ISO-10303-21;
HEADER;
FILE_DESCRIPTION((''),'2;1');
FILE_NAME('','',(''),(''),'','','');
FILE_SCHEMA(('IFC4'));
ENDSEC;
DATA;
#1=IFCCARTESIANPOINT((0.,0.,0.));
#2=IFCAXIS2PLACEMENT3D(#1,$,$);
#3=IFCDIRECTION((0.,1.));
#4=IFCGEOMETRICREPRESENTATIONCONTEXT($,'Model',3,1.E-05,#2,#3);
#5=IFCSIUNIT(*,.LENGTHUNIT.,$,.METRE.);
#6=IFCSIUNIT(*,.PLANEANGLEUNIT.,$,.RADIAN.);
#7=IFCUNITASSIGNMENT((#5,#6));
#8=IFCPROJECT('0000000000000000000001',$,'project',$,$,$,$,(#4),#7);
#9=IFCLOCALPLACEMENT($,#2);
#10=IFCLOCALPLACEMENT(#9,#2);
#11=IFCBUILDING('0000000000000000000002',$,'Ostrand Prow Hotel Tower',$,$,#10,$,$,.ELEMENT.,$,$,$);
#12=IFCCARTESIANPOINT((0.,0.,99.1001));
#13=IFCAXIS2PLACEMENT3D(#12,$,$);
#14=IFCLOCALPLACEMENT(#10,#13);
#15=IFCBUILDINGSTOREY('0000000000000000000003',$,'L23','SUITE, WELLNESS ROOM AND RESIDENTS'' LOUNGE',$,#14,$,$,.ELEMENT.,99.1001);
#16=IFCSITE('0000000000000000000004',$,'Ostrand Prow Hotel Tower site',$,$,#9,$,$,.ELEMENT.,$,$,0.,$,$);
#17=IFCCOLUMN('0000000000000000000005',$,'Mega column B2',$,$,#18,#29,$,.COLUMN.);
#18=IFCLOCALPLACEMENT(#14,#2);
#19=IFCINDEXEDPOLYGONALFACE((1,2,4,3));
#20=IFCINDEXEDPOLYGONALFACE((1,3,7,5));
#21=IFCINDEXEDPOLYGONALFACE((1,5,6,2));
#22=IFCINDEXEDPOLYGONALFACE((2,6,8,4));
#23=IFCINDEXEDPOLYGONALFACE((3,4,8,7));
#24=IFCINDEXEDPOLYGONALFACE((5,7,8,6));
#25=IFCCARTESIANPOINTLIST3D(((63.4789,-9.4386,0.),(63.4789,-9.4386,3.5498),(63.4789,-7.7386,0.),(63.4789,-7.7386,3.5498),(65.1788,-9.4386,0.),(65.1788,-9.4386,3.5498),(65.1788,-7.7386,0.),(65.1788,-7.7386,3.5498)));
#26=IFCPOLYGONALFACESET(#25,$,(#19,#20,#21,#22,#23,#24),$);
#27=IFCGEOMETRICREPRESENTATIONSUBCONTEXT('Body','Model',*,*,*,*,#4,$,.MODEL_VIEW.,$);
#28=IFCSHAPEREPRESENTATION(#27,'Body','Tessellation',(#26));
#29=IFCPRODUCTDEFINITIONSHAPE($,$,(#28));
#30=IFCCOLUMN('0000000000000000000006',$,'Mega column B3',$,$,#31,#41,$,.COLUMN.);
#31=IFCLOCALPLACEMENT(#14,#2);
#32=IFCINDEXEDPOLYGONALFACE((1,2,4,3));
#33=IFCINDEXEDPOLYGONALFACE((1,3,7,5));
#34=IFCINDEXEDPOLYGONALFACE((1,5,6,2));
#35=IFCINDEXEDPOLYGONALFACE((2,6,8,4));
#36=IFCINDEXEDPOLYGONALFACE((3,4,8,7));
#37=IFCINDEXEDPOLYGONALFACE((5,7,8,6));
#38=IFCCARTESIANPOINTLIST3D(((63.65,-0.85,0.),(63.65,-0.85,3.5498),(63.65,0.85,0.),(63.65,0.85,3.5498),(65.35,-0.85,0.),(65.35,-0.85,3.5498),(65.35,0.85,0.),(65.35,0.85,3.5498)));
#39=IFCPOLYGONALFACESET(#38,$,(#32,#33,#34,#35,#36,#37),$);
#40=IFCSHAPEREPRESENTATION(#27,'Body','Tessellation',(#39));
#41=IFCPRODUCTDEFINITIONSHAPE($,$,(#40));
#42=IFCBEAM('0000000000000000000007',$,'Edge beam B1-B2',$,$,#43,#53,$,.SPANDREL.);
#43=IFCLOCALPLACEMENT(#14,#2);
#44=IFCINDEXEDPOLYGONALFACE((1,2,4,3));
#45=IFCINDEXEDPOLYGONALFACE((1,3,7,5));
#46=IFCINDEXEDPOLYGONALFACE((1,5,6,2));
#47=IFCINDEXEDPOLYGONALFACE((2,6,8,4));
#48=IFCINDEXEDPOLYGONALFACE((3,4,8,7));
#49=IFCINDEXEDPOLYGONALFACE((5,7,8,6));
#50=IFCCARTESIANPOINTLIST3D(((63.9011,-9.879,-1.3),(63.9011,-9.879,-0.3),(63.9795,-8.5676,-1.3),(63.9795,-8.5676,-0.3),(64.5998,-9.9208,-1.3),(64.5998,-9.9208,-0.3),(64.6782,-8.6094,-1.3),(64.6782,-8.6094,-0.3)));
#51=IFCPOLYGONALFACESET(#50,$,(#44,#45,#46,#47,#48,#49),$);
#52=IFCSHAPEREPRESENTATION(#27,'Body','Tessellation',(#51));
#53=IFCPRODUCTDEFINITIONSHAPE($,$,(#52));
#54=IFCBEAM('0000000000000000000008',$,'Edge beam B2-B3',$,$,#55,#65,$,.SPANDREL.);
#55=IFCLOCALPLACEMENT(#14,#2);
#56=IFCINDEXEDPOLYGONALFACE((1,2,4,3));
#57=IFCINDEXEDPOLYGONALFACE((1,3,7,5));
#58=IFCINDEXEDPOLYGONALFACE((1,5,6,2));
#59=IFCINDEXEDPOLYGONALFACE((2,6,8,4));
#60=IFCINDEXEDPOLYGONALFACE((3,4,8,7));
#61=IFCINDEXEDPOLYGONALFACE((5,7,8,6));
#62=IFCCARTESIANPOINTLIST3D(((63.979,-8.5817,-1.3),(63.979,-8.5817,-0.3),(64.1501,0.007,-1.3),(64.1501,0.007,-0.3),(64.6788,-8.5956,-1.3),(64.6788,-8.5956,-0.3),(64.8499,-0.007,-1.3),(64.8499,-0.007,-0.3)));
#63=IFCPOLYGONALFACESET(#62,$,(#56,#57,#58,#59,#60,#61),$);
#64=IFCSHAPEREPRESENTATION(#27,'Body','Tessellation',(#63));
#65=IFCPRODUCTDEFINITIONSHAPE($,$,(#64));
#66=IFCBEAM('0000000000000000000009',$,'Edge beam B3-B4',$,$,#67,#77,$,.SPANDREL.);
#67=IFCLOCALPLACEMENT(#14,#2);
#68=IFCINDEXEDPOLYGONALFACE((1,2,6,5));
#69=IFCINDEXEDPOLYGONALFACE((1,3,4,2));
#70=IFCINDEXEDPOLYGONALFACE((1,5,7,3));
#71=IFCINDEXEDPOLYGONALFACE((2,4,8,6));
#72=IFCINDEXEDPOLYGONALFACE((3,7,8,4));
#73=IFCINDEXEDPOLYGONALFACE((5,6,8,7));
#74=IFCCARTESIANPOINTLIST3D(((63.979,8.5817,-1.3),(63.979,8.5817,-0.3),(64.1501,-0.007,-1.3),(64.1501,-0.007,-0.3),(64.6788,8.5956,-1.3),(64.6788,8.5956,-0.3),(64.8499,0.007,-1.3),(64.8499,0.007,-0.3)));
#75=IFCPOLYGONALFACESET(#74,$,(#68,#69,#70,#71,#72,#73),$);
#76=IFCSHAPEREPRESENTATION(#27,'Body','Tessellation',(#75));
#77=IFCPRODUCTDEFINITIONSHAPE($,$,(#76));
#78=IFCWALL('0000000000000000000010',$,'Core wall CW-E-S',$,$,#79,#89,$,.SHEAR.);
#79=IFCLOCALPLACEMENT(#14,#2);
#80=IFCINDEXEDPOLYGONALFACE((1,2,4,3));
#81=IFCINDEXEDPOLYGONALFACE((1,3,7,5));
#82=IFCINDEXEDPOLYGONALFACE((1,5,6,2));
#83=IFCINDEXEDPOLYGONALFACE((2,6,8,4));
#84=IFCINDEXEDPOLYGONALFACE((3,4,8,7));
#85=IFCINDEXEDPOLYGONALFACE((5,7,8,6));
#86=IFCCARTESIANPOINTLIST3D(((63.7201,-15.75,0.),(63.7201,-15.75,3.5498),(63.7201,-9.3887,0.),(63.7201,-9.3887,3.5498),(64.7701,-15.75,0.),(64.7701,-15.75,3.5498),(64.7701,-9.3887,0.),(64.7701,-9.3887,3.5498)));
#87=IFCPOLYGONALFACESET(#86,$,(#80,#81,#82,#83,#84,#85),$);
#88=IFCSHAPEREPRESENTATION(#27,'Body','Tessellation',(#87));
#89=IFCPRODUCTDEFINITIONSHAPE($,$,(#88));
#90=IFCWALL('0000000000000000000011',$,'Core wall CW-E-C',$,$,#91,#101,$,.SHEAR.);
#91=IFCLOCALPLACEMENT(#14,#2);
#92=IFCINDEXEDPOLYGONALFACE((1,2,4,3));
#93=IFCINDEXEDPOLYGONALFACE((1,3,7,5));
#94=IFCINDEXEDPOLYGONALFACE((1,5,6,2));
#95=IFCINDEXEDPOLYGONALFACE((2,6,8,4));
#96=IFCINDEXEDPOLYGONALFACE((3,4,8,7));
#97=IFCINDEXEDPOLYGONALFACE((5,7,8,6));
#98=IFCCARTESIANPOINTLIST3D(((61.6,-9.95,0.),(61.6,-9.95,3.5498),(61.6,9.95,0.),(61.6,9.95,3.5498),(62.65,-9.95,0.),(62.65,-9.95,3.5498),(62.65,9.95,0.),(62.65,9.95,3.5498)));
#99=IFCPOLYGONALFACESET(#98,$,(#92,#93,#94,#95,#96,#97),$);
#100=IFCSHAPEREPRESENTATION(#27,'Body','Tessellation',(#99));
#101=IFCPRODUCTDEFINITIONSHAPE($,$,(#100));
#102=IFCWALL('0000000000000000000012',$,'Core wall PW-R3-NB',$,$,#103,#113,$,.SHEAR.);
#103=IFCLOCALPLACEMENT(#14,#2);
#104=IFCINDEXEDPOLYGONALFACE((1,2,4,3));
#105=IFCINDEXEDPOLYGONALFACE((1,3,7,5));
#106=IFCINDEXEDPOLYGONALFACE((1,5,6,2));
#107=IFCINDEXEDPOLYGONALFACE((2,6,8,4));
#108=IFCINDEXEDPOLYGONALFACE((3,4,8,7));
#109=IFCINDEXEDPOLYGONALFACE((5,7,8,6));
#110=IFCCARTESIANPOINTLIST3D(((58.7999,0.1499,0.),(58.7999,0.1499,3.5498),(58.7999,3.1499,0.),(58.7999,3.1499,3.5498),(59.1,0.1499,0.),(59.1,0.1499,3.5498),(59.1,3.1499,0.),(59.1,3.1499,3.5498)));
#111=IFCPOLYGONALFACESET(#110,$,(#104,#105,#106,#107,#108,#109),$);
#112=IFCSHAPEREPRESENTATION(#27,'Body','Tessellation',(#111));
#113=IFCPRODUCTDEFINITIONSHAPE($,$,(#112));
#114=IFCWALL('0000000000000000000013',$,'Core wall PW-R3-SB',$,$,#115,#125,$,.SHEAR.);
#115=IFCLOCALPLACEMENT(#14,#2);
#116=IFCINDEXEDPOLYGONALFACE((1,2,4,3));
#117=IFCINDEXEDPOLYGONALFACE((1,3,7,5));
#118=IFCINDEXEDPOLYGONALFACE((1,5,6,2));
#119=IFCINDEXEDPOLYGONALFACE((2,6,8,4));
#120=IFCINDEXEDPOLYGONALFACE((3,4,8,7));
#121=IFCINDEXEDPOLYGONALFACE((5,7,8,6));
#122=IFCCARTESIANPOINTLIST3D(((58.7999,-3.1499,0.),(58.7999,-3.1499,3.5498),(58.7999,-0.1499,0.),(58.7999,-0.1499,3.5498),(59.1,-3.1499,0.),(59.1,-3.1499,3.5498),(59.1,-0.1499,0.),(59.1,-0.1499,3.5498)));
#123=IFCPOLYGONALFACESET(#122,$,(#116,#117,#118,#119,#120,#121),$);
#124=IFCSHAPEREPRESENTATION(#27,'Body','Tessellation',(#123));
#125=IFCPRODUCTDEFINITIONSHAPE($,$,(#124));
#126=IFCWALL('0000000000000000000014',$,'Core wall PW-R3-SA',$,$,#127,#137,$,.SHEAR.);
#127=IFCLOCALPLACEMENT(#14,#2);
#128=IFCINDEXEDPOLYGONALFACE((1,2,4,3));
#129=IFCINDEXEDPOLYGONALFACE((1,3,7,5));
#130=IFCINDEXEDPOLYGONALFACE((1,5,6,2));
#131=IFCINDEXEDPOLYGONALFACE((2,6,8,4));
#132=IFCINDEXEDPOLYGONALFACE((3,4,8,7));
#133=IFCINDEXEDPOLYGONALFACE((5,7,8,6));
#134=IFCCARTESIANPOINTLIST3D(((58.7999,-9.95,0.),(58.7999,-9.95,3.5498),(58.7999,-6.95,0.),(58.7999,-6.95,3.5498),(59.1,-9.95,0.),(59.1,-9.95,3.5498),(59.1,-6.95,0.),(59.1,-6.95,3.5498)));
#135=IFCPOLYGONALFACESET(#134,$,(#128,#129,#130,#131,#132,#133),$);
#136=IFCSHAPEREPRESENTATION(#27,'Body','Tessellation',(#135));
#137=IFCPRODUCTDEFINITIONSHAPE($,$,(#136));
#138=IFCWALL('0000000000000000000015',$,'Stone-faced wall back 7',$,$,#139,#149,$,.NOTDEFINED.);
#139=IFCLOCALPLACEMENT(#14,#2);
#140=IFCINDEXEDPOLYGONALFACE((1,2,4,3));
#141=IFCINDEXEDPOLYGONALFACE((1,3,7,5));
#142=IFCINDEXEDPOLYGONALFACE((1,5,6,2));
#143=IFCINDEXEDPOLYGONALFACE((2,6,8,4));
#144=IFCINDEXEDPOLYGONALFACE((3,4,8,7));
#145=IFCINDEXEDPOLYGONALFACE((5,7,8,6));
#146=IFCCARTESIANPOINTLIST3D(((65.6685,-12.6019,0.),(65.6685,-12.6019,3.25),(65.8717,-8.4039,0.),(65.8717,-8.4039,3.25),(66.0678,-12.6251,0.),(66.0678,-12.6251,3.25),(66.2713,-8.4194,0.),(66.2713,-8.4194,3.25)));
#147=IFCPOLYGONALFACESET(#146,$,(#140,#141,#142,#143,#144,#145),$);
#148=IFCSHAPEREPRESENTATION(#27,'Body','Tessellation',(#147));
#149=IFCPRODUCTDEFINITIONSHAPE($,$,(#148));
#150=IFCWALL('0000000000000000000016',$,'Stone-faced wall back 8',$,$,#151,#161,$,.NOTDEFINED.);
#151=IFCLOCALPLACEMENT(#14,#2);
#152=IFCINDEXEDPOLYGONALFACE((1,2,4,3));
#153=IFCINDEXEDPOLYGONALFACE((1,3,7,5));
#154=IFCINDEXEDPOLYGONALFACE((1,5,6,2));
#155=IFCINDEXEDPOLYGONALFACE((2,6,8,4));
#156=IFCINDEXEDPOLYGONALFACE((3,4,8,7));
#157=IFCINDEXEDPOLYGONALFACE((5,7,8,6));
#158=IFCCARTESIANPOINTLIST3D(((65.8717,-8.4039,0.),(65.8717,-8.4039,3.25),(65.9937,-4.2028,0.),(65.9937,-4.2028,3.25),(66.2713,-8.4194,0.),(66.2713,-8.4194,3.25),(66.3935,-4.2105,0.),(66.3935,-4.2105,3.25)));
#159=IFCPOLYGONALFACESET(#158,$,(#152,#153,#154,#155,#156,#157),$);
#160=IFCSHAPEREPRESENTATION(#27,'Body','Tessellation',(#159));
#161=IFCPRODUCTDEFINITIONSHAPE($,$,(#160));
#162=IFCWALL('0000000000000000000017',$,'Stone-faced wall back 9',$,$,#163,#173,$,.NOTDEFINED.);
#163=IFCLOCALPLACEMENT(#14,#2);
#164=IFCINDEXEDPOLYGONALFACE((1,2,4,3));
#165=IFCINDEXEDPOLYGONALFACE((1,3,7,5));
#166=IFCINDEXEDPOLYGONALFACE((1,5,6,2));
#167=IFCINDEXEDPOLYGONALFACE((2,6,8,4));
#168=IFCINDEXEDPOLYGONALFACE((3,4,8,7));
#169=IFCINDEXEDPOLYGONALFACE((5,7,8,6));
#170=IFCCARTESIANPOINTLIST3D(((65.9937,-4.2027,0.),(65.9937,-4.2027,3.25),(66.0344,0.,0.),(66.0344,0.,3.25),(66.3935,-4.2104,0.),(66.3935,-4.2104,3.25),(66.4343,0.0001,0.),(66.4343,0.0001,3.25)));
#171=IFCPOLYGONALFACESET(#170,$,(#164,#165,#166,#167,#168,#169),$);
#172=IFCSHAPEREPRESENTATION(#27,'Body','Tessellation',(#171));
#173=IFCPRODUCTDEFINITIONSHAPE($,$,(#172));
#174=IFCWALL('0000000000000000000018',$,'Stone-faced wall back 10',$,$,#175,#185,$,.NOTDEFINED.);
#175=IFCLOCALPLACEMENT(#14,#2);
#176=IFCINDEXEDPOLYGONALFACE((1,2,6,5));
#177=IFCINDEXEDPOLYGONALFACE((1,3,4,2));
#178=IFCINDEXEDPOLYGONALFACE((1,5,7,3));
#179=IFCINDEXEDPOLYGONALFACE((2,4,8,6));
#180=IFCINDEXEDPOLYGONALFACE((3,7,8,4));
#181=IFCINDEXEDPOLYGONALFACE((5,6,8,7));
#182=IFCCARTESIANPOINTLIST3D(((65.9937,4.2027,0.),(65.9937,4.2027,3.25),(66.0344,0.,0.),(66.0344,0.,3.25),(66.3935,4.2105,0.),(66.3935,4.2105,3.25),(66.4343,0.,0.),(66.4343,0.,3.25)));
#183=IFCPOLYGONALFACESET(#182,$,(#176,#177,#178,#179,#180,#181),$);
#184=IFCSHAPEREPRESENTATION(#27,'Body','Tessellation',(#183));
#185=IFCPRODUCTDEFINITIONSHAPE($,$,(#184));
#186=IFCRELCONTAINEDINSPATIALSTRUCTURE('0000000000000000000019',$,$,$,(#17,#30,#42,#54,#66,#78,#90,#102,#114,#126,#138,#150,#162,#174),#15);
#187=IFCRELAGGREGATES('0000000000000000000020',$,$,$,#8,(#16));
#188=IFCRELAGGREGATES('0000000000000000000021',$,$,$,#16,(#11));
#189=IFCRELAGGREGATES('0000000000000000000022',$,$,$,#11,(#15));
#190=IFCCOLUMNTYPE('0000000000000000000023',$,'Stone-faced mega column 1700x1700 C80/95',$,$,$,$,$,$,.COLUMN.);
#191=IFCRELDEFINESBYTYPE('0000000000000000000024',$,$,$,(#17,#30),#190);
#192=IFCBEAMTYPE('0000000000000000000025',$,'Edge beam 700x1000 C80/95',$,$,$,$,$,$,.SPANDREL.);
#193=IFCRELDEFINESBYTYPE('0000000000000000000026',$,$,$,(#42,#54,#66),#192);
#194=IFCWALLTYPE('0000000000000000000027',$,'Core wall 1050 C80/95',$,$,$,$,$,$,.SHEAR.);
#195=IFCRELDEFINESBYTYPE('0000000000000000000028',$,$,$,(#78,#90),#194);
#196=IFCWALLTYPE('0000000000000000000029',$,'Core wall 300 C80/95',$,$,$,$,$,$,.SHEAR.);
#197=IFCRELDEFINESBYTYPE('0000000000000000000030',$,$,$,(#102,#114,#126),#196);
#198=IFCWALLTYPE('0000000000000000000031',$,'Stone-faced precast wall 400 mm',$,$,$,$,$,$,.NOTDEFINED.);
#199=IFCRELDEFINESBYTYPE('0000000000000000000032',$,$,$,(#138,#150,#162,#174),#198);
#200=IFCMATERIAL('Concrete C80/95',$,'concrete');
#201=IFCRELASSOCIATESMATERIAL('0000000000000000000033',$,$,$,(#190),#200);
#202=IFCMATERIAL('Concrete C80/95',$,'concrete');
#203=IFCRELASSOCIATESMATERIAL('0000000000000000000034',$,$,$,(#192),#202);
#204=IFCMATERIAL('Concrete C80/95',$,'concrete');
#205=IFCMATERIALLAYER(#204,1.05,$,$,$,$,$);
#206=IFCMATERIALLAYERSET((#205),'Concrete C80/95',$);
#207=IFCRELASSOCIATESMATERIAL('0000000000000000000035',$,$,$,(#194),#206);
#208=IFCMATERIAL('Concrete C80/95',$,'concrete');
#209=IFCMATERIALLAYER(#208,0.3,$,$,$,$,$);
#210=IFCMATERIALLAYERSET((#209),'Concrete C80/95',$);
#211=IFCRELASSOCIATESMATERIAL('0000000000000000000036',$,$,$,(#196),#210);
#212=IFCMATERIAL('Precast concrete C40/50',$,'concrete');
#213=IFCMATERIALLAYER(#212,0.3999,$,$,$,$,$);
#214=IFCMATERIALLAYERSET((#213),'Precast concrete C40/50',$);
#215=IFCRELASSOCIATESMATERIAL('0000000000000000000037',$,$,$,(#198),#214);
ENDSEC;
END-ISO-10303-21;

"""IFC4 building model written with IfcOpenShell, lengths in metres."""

from ifc_helpers import new_model, si_unit, direction, frame, frame_2d, origin, origin_2d, place, context, subcontext, project, spatial, polyline, rectangle, outline, extrude, material, layer, layer_set, material_profile, profile_set, type_object, element, save


model = new_model("IFC4")

# Units and contexts
model_context = context("Model", 3, precision=1e-05, world=origin(), true_north=direction((0.0, 1.0)))
body_context = subcontext(model_context, "Body", "Model", "MODEL_VIEW")
ifc_project = project(units=[si_unit("LENGTHUNIT", "METRE"), si_unit("PLANEANGLEUNIT", "RADIAN")], contexts=[model_context])

# Site, building, storey
site_placement = place(None, origin())
site = spatial("IfcSite", under=ifc_project, at=site_placement, Name="Ostrand Prow Hotel Tower site", CompositionType="ELEMENT", RefElevation=0.0)
building_placement = place(site_placement, origin())
building = spatial("IfcBuilding", under=site, at=building_placement, Name="Ostrand Prow Hotel Tower", CompositionType="ELEMENT")
storey_placement = place(building_placement, frame((0.0, 0.0, 99.1001)))
storey = spatial("IfcBuildingStorey", under=building, at=storey_placement, Name="L23", Description="SUITE, WELLNESS ROOM AND RESIDENTS' LOUNGE", CompositionType="ELEMENT", Elevation=99.1001)

# Columns
ifc_material_1 = material(Name="Concrete C80/95", Category="concrete")
ifc_material_profile_1 = material_profile(ifc_material_1, rectangle(XDim=1.7, YDim=1.7, at=origin_2d()), Name="RC 1700x1700")
ifc_profile_set_1 = profile_set([ifc_material_profile_1], Name="Concrete C80/95")
column_type = type_object("IfcColumnType", Name="Stone-faced mega column 1700x1700 C80/95", PredefinedType="COLUMN", material=ifc_profile_set_1)
for number, where, z_axis, x_axis, name in (
    (1, (64.3289, -8.5886, 0.0), (0.0, 0.0, 1.0), (1.0, 0.0, 0.0), "Mega column B2"),
    (2, (64.5, 0.0, 0.0), (0.0, 0.0, 1.0), (1.0, 0.0, 0.0), "Mega column B3"),
):
    element("IfcColumn", number, at=place(storey_placement, frame(where, z_axis=z_axis, x_axis=x_axis)), inside=storey, type_object=column_type, Name=name, PredefinedType="COLUMN", context=body_context, shape_type="SweptSolid", body=[
        extrude(rectangle(XDim=1.7, YDim=1.7, at=origin_2d()), origin(), (0.0, 0.0, 1.0), 3.5498),
    ])

# Beams
ifc_material_2 = material(Name="Concrete C80/95", Category="concrete")
ifc_material_profile_2 = material_profile(ifc_material_2, rectangle(XDim=0.7, YDim=1.0, at=origin_2d()), Name="RC 700x1000")
ifc_profile_set_2 = profile_set([ifc_material_profile_2], Name="Concrete C80/95")
beam_type = type_object("IfcBeamType", Name="Edge beam 700x1000 C80/95", PredefinedType="SPANDREL", material=ifc_profile_set_2)
beam_placement = place(storey_placement, frame((64.2505, -9.8999, -0.8), z_axis=(0.059659, 0.998219, 0.0), x_axis=(-0.998219, 0.059659, 0.0)))
element("IfcBeam", 3, at=beam_placement, inside=storey, type_object=beam_type, Name="Edge beam B1-B2", PredefinedType="SPANDREL", context=body_context, shape_type="SweptSolid", body=[
    extrude(rectangle(XDim=0.7, YDim=1.0, at=origin_2d()), origin(), (0.0, 0.0, 1.0), 1.3137),
])
for number, where, z_axis, x_axis, name in (
    (4, (64.3289, -8.5886, -0.8), (0.019923, 0.999802, 0.0), (-0.999802, 0.019923, 0.0), "Edge beam B2-B3"),
    (5, (64.5, 0.0, -0.8), (-0.019923, 0.999802, 0.0), (-0.999802, -0.019923, 0.0), "Edge beam B3-B4"),
):
    element("IfcBeam", number, at=place(storey_placement, frame(where, z_axis=z_axis, x_axis=x_axis)), inside=storey, type_object=beam_type, Name=name, PredefinedType="SPANDREL", context=body_context, shape_type="SweptSolid", body=[
        extrude(rectangle(XDim=0.7, YDim=1.0, at=origin_2d()), origin(), (0.0, 0.0, 1.0), 8.5903),
    ])

# Walls
ifc_material_3 = material(Name="Concrete C80/95", Category="concrete")
ifc_layer_1 = layer(ifc_material_3, 1.05)
ifc_layer_set_1 = layer_set([ifc_layer_1], Name="Concrete C80/95")
wall_type_1 = type_object("IfcWallType", Name="Core wall 1050 C80/95", PredefinedType="SHEAR", material=ifc_layer_set_1)
wall_1_placement = place(storey_placement, frame((64.2451, -15.75, 0.0), z_axis=(0.0, 0.0, 1.0), x_axis=(0.0, 1.0, 0.0)))
element("IfcWall", 6, at=wall_1_placement, inside=storey, type_object=wall_type_1, Name="Core wall CW-E-S", PredefinedType="SHEAR", context=body_context, shape_type="SweptSolid", body=[
    extrude(rectangle(XDim=6.3613, YDim=1.05, at=frame_2d((3.1807, 0.0))), origin(), (0.0, 0.0, 1.0), 3.5498),
])
wall_2_placement = place(storey_placement, frame((62.125, -9.95, 0.0), z_axis=(0.0, 0.0, 1.0), x_axis=(0.0, 1.0, 0.0)))
element("IfcWall", 7, at=wall_2_placement, inside=storey, type_object=wall_type_1, Name="Core wall CW-E-C", PredefinedType="SHEAR", context=body_context, shape_type="SweptSolid", body=[
    extrude(rectangle(XDim=19.8999, YDim=1.05, at=frame_2d((9.95, 0.0))), origin(), (0.0, 0.0, 1.0), 3.5498),
])
ifc_material_4 = material(Name="Concrete C80/95", Category="concrete")
ifc_layer_2 = layer(ifc_material_4, 0.3)
ifc_layer_set_2 = layer_set([ifc_layer_2], Name="Concrete C80/95")
wall_type_2 = type_object("IfcWallType", Name="Core wall 300 C80/95", PredefinedType="SHEAR", material=ifc_layer_set_2)
for number, where, z_axis, x_axis, name in (
    (8, (58.95, 0.1499, 0.0), (0.0, 0.0, 1.0), (0.0, 1.0, 0.0), "Core wall PW-R3-NB"),
    (9, (58.95, -3.1499, 0.0), (0.0, 0.0, 1.0), (0.0, 1.0, 0.0), "Core wall PW-R3-SB"),
    (10, (58.95, -9.95, 0.0), (0.0, 0.0, 1.0), (0.0, 1.0, 0.0), "Core wall PW-R3-SA"),
):
    element("IfcWall", number, at=place(storey_placement, frame(where, z_axis=z_axis, x_axis=x_axis)), inside=storey, type_object=wall_type_2, Name=name, PredefinedType="SHEAR", context=body_context, shape_type="SweptSolid", body=[
        extrude(rectangle(XDim=3.0, YDim=0.3, at=frame_2d((1.5, 0.0))), origin(), (0.0, 0.0, 1.0), 3.5498),
    ])
ifc_material_5 = material(Name="Precast concrete C40/50", Category="concrete")
ifc_layer_3 = layer(ifc_material_5, 0.3999)
ifc_layer_set_3 = layer_set([ifc_layer_3], Name="Precast concrete C40/50")
wall_type_3 = type_object("IfcWallType", Name="Stone-faced precast wall 400 mm", PredefinedType="NOTDEFINED", material=ifc_layer_set_3)
for number, where, z_axis, x_axis, name in (
    (11, (65.8682, -12.6135, 0.0), (0.0, 0.0, 1.0), (0.048343, 0.998831, 0.0), "Stone-faced wall back 7"),
    (12, (66.0715, -8.4116, 0.0), (0.0, 0.0, 1.0), (0.029017, 0.999579, 0.0), "Stone-faced wall back 8"),
    (13, (66.1936, -4.2065, 0.0), (0.0, 0.0, 1.0), (0.009692, 0.999953, 0.0), "Stone-faced wall back 9"),
    (14, (66.2344, 0.0, 0.0), (0.0, 0.0, 1.0), (-0.009692, 0.999953, 0.0), "Stone-faced wall back 10"),
):
    element("IfcWall", number, at=place(storey_placement, frame(where, z_axis=z_axis, x_axis=x_axis)), inside=storey, type_object=wall_type_3, Name=name, PredefinedType="NOTDEFINED", context=body_context, shape_type="SweptSolid", body=[
        extrude(outline(polyline([(-0.002, -0.2), (4.2087, -0.2), (4.2048, 0.2), (0.002, 0.2), (-0.002, -0.2)])), origin(), (0.0, 0.0, 1.0), 3.25),
    ])

save(model, "model.ifc")
